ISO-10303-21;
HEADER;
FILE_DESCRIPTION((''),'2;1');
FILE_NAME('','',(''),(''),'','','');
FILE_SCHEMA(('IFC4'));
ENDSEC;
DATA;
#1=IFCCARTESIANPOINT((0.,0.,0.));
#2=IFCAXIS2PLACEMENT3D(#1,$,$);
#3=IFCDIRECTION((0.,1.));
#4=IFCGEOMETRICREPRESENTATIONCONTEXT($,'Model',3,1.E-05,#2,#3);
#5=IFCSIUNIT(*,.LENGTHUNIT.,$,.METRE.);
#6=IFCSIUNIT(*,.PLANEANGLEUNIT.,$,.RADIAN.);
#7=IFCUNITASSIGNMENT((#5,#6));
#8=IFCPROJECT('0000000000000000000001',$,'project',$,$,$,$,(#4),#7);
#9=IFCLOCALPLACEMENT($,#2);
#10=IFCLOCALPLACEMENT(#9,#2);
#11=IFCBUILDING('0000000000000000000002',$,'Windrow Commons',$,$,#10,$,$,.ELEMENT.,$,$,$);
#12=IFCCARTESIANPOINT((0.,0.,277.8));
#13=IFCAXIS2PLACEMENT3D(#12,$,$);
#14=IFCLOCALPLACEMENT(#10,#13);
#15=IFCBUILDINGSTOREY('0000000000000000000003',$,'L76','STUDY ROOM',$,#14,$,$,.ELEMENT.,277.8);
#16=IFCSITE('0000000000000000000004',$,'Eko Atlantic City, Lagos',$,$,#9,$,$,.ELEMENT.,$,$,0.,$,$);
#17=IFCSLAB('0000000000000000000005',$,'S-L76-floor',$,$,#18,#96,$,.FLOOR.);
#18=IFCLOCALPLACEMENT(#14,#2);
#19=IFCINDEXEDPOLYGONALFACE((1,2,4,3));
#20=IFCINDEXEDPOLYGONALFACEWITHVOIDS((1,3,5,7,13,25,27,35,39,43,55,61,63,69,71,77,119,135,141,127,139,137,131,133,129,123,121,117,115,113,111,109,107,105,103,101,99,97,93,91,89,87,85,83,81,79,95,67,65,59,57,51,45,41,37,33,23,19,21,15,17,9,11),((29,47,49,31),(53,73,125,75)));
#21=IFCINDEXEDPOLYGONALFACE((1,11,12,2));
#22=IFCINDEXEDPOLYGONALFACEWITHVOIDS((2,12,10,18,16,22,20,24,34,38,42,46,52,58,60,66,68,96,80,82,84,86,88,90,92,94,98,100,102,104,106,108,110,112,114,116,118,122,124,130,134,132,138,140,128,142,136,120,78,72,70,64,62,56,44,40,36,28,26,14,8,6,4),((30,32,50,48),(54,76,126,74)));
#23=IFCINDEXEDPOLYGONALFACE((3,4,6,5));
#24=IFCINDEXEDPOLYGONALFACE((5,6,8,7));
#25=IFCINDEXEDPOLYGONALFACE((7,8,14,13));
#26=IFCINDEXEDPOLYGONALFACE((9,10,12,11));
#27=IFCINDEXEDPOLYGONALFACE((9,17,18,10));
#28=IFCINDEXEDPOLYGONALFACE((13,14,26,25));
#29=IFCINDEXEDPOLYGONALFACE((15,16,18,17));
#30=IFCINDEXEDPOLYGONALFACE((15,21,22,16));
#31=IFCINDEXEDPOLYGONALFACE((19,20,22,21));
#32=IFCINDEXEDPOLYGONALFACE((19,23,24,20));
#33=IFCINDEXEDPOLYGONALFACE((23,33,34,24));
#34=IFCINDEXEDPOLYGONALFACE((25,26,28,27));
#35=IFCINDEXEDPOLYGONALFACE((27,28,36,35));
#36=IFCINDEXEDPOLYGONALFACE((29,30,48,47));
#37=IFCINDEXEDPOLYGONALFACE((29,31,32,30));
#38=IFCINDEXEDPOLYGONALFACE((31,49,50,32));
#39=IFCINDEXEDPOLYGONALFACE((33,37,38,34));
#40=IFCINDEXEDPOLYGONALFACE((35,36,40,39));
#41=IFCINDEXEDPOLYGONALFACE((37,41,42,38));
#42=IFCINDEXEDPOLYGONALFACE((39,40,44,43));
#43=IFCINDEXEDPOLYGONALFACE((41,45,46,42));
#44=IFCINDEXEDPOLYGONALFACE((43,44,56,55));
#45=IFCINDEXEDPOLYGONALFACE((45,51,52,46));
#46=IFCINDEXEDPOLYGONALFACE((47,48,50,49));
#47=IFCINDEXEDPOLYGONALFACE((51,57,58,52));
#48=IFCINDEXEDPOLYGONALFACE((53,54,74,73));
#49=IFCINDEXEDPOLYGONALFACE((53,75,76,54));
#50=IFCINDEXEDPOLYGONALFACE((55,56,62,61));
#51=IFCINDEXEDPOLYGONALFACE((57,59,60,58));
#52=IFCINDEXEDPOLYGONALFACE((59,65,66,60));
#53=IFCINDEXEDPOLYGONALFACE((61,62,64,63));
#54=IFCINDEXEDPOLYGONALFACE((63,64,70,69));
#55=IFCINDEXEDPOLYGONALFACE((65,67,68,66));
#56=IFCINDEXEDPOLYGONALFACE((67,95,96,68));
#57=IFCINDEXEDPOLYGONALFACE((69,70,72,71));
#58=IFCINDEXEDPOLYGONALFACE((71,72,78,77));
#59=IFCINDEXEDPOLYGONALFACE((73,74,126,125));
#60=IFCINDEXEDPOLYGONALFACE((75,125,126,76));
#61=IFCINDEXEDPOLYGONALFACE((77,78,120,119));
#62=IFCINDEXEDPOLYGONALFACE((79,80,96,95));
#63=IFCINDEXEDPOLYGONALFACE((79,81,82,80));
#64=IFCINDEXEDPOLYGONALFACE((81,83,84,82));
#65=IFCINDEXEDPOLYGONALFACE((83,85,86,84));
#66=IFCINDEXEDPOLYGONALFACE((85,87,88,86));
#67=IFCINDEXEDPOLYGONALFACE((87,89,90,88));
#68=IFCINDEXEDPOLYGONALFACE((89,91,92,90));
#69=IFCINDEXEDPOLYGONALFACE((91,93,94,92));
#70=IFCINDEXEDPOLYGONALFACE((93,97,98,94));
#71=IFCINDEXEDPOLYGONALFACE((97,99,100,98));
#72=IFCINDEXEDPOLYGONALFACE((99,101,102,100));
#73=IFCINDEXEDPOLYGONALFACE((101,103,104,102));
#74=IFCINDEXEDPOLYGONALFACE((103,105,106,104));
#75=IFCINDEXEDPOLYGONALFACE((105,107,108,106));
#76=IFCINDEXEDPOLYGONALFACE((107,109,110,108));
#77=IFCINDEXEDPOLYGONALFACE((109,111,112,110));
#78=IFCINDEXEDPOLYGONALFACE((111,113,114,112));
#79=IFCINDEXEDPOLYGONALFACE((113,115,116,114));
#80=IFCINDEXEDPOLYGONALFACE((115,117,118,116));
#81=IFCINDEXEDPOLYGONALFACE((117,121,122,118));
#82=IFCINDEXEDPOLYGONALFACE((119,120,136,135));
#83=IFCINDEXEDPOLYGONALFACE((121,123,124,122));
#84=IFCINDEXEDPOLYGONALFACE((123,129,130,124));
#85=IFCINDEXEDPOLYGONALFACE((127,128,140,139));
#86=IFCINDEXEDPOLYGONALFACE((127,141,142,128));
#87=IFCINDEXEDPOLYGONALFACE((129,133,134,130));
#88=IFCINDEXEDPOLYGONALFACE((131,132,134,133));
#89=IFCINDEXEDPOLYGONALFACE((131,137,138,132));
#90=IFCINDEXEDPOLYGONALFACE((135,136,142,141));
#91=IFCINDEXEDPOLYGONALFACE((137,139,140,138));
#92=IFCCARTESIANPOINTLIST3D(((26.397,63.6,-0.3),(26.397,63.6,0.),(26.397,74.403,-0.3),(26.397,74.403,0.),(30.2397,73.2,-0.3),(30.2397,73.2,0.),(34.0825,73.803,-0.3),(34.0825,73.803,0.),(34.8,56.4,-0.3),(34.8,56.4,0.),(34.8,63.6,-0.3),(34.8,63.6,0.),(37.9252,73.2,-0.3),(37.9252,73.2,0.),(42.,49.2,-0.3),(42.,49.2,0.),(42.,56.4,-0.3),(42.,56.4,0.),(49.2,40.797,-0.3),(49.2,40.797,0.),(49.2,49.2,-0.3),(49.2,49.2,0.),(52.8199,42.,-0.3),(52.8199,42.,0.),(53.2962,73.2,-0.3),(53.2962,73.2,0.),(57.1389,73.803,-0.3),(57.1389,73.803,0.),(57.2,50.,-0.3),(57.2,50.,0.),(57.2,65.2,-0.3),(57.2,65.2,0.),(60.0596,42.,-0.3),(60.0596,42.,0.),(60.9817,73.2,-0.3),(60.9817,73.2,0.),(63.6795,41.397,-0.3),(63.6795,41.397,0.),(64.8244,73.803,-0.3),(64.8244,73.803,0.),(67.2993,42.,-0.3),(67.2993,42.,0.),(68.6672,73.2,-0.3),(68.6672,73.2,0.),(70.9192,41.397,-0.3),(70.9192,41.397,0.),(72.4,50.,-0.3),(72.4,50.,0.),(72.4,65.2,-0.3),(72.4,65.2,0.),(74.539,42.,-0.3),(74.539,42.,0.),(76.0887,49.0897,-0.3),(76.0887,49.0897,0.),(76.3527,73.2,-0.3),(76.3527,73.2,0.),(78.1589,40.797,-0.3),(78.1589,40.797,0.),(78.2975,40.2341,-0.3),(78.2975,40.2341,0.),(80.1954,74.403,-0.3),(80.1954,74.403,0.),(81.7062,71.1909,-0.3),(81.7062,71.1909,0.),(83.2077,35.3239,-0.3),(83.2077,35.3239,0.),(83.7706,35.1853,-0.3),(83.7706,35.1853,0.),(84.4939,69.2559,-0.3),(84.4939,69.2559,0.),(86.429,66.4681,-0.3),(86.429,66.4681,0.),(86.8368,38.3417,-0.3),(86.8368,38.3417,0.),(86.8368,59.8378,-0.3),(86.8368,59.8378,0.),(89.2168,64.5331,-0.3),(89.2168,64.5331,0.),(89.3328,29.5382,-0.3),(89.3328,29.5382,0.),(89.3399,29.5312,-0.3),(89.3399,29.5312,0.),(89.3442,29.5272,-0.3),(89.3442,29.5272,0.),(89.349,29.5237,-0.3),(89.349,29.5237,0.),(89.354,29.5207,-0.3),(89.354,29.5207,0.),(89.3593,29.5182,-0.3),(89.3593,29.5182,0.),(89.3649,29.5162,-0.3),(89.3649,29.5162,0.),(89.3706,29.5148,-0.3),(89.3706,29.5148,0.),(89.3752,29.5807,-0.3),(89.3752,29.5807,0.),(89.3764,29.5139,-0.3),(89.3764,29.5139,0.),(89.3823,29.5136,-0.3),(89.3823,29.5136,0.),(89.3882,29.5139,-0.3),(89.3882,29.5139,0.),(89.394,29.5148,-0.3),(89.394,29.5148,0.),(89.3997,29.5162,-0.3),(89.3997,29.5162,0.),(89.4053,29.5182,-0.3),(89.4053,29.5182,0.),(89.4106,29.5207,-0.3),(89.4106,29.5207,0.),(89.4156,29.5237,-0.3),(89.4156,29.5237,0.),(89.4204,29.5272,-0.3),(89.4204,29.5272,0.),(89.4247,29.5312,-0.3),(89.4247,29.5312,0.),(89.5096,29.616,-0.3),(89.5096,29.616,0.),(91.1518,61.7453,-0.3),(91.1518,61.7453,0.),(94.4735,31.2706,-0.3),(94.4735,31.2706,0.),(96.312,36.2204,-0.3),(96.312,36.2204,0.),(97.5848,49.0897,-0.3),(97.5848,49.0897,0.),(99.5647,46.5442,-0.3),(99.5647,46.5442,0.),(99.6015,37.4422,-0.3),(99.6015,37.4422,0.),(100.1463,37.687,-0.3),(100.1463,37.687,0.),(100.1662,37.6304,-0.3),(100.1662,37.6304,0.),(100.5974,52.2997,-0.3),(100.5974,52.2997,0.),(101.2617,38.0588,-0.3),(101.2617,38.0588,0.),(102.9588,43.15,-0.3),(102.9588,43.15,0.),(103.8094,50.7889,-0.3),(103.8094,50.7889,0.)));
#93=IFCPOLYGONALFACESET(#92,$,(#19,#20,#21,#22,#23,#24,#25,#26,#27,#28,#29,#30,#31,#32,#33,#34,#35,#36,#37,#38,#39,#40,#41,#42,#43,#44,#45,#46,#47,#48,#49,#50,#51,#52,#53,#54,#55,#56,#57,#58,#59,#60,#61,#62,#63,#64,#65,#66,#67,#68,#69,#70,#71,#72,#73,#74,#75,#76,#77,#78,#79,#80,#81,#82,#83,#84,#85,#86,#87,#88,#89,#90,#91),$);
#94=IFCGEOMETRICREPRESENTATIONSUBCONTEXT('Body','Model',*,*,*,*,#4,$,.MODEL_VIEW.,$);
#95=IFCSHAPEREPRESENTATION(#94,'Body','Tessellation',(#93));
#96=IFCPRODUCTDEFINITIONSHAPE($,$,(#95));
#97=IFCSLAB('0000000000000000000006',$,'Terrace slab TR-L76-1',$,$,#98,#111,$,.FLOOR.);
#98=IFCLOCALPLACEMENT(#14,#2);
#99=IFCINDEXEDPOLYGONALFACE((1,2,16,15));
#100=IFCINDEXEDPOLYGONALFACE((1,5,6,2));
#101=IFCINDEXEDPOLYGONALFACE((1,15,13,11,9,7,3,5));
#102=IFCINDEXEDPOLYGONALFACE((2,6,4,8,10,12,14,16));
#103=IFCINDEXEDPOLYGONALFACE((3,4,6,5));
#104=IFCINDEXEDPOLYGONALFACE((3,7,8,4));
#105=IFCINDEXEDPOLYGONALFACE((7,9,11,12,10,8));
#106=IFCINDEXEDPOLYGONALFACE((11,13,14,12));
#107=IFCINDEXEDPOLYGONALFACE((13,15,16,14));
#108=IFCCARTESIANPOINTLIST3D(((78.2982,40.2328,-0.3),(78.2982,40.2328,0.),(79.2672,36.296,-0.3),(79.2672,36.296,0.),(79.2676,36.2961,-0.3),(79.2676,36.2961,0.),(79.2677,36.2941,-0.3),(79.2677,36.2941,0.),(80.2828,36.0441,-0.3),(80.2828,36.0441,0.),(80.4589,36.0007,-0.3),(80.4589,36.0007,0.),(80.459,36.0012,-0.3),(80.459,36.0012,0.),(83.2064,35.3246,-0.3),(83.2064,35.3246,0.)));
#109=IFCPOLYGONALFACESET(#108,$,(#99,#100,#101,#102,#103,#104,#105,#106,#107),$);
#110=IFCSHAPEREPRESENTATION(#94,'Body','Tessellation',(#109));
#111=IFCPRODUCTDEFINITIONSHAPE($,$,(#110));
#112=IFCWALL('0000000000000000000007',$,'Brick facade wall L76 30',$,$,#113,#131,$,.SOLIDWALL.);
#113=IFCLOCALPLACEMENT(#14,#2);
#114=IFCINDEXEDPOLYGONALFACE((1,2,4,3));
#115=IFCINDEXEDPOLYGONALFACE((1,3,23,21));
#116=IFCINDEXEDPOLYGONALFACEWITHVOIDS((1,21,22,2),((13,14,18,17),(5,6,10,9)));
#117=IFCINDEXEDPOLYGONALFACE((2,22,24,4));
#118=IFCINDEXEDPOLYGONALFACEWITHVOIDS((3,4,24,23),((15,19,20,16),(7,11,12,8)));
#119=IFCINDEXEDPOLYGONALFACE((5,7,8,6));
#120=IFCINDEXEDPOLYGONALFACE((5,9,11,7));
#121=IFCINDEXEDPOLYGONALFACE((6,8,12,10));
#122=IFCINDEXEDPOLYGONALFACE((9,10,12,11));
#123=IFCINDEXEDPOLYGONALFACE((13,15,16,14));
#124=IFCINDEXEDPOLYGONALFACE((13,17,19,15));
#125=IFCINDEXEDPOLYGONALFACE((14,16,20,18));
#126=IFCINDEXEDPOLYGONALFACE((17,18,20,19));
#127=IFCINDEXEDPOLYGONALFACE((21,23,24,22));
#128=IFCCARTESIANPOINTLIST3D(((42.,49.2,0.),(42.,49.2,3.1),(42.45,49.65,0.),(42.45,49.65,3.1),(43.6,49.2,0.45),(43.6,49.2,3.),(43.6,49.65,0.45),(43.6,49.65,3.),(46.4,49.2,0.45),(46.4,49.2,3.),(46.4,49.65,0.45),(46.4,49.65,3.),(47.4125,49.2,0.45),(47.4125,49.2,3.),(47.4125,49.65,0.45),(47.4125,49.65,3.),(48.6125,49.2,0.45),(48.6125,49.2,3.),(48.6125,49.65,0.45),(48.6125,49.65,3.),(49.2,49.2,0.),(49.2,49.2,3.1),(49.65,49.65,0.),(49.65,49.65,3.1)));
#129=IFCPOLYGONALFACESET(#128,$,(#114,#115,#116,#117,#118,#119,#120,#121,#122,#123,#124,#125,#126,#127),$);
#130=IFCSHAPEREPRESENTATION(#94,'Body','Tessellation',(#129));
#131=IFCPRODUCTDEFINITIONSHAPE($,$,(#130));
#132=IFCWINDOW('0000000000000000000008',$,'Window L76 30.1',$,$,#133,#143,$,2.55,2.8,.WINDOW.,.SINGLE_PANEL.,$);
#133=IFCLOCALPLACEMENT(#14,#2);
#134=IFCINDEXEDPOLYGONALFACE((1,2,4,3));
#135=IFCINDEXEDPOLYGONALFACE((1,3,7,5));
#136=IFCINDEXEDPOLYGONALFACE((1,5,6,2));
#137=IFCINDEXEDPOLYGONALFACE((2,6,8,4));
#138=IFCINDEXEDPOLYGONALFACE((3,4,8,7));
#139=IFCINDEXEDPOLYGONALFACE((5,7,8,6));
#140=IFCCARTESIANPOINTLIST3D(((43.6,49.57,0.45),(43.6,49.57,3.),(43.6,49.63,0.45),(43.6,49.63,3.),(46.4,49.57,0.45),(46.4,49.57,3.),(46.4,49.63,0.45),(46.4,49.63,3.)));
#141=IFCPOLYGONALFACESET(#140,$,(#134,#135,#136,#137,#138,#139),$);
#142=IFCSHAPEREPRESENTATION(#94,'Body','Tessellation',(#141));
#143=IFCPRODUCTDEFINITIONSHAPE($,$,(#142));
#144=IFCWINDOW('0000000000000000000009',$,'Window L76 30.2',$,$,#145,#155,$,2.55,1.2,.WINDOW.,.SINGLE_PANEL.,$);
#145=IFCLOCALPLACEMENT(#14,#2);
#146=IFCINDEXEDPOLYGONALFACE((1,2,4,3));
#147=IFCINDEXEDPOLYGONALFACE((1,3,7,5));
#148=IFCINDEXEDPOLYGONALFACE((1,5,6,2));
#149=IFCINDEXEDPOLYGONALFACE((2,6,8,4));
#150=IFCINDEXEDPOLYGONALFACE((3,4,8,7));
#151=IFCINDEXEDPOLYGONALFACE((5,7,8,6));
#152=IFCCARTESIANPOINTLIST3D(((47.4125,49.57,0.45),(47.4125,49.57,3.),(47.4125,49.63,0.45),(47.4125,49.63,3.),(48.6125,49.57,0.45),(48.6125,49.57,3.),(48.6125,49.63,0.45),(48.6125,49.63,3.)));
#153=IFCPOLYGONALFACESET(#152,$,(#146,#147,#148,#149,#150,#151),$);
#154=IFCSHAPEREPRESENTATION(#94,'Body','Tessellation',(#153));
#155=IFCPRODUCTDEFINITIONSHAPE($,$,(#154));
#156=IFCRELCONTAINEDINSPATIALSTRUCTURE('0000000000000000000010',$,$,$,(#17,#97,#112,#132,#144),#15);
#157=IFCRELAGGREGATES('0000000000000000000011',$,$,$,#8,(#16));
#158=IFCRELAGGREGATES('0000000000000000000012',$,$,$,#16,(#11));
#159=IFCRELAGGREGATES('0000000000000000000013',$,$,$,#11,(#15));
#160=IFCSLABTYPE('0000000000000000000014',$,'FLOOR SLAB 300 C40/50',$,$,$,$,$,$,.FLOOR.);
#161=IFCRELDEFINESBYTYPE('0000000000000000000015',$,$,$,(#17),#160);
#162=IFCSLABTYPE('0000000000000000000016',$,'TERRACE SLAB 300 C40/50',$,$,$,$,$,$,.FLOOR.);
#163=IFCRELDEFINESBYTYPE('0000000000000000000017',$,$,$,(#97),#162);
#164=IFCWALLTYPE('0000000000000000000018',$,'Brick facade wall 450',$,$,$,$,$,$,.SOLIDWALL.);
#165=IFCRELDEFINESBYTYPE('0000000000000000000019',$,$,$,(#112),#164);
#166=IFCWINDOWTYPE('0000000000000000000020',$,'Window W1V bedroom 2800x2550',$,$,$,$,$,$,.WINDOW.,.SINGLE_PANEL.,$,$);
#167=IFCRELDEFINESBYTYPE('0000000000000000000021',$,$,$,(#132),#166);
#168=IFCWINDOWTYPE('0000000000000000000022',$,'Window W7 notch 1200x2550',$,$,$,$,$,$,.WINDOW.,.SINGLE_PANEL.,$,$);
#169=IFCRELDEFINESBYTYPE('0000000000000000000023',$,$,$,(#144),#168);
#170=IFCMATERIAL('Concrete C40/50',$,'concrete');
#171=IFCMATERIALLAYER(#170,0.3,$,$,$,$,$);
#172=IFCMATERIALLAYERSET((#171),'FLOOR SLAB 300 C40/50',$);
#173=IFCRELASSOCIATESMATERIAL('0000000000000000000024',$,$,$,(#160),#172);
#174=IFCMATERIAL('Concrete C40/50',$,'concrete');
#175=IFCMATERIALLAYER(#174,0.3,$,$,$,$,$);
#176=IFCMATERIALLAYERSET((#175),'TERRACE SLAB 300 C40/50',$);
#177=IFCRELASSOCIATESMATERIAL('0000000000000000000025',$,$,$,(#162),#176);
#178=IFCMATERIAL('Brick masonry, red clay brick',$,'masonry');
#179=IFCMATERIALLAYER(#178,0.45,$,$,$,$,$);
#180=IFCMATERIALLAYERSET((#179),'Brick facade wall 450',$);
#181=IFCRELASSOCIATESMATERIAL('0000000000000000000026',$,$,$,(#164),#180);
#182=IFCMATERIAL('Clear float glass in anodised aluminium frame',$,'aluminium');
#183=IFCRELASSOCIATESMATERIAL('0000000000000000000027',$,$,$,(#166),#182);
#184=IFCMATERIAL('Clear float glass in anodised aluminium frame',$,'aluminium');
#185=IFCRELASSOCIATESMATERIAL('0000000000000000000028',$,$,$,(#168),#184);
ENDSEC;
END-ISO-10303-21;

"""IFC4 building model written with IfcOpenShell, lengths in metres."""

from ifc_helpers import new_model, si_unit, direction, frame, frame_2d, origin, place, context, subcontext, project, spatial, polyline, rectangle, outline, extrude, material, layer, layer_set, type_object, element, fill, save


model = new_model("IFC4")

# Units and contexts
model_context = context("Model", 3, precision=1e-05, world=origin(), true_north=direction((0.0, 1.0)))
body_context = subcontext(model_context, "Body", "Model", "MODEL_VIEW")
ifc_project = project(units=[si_unit("LENGTHUNIT", "METRE"), si_unit("PLANEANGLEUNIT", "RADIAN")], contexts=[model_context])

# Site, building, storey
site_placement = place(None, origin())
site = spatial("IfcSite", under=ifc_project, at=site_placement, Name="Eko Atlantic City, Lagos", CompositionType="ELEMENT", RefElevation=0.0)
building_placement = place(site_placement, origin())
building = spatial("IfcBuilding", under=site, at=building_placement, Name="Windrow Commons", CompositionType="ELEMENT")
storey_placement = place(building_placement, frame((0.0, 0.0, 277.8)))
storey = spatial("IfcBuildingStorey", under=building, at=storey_placement, Name="L76", Description="STUDY ROOM", CompositionType="ELEMENT", Elevation=277.8)

# Shared definitions
placement_1 = place(storey_placement, frame((0.0, 0.0, -0.3)))

# Slab, openings
ifc_material_1 = material(Name="Concrete C40/50", Category="concrete")
ifc_layer_1 = layer(ifc_material_1, 0.3)
ifc_layer_set_1 = layer_set([ifc_layer_1], Name="FLOOR SLAB 300 C40/50")
slab_type_1 = type_object("IfcSlabType", Name="FLOOR SLAB 300 C40/50", PredefinedType="FLOOR", material=ifc_layer_set_1)
slab_1 = element("IfcSlab", 1, at=placement_1, inside=storey, type_object=slab_type_1, Name="S-L76-floor", PredefinedType="FLOOR", context=body_context, shape_type="SweptSolid", body=[
    extrude(outline(polyline([(94.4735, 31.2706), (96.312, 36.2204), (99.6015, 37.4422), (100.1662, 37.6304), (100.1463, 37.687), (101.2617, 38.0588), (102.9588, 43.15), (99.5647, 46.5442), (103.8094, 50.7889), (100.5974, 52.2997), (95.8746, 57.0225), (91.1518, 61.7453), (89.2168, 64.5331), (86.429, 66.4681), (84.4939, 69.2559), (81.7062, 71.1909), (80.1954, 74.403), (76.3527, 73.2), (68.6672, 73.2), (64.8244, 73.803), (60.9817, 73.2), (57.1389, 73.803), (53.2962, 73.2), (37.9252, 73.2), (34.0825, 73.803), (30.2397, 73.2), (26.397, 74.403), (26.397, 63.6), (34.8, 63.6), (34.8, 56.4), (42.0, 56.4), (42.0, 49.2), (49.2, 49.2), (49.2, 40.797), (52.8199, 42.0), (60.0596, 42.0), (63.6795, 41.397), (67.2993, 42.0), (70.9192, 41.397), (74.539, 42.0), (78.1589, 40.797), (78.2975, 40.2341), (83.2077, 35.3239), (83.7706, 35.1853), (89.3752, 29.5807), (89.3328, 29.5382), (89.3399, 29.5312), (89.3442, 29.5272), (89.349, 29.5237), (89.354, 29.5207), (89.3593, 29.5182), (89.3649, 29.5162), (89.3706, 29.5148), (89.3764, 29.5139), (89.3823, 29.5136), (89.3882, 29.5139), (89.394, 29.5148), (89.3997, 29.5162), (89.4053, 29.5182), (89.4106, 29.5207), (89.4156, 29.5237), (89.4204, 29.5272), (89.4247, 29.5312), (89.5096, 29.616), (94.4735, 31.2706)]), holes=[polyline([(76.0887, 49.0897), (86.8368, 59.8378), (97.5848, 49.0897), (86.8368, 38.3417), (76.0887, 49.0897)]), polyline([(57.2, 50.0), (57.2, 65.2), (72.4, 65.2), (72.4, 50.0), (57.2, 50.0)])]), origin(), (0.0, 0.0, 1.0), 0.3),
])
opening_1_placement = place(placement_1, origin())
element("IfcOpeningElement", 2, at=opening_1_placement, cuts=slab_1, PredefinedType="OPENING", context=body_context, shape_type="SweptSolid", body=[
    extrude(outline(polyline([(76.0958, 49.0897), (86.8368, 59.8307), (97.5777, 49.0897), (86.8368, 38.3488), (76.0958, 49.0897)])), origin(), (0.0, 0.0, 1.0), 0.3),
])
opening_2_placement = place(placement_1, origin())
element("IfcOpeningElement", 3, at=opening_2_placement, cuts=slab_1, PredefinedType="OPENING", context=body_context, shape_type="SweptSolid", body=[
    extrude(outline(polyline([(57.205, 50.005), (57.205, 65.195), (72.395, 65.195), (72.395, 50.005), (57.205, 50.005)])), origin(), (0.0, 0.0, 1.0), 0.3),
])

# Slab
ifc_material_2 = material(Name="Concrete C40/50", Category="concrete")
ifc_layer_2 = layer(ifc_material_2, 0.3)
ifc_layer_set_2 = layer_set([ifc_layer_2], Name="TERRACE SLAB 300 C40/50")
slab_type_2 = type_object("IfcSlabType", Name="TERRACE SLAB 300 C40/50", PredefinedType="FLOOR", material=ifc_layer_set_2)
element("IfcSlab", 4, at=placement_1, inside=storey, type_object=slab_type_2, Name="Terrace slab TR-L76-1", PredefinedType="FLOOR", context=body_context, shape_type="SweptSolid", body=[
    extrude(outline(polyline([(80.2828, 36.0441), (80.4589, 36.0007), (80.459, 36.0012), (83.2064, 35.3246), (78.2982, 40.2328), (79.2676, 36.2961), (79.2672, 36.296), (79.2677, 36.2941), (80.2828, 36.0441)])), origin(), (0.0, 0.0, 1.0), 0.3),
])

# Wall, openings, windows
ifc_material_3 = material(Name="Brick masonry, red clay brick", Category="masonry")
ifc_layer_3 = layer(ifc_material_3, 0.45)
ifc_layer_set_3 = layer_set([ifc_layer_3], Name="Brick facade wall 450")
wall_type = type_object("IfcWallType", Name="Brick facade wall 450", PredefinedType="SOLIDWALL", material=ifc_layer_set_3)
wall_placement = place(storey_placement, frame((42.225, 49.425, 0.0), z_axis=(0.0, 0.0, 1.0), x_axis=(1.0, 0.0, 0.0)))
wall = element("IfcWall", 5, at=wall_placement, inside=storey, type_object=wall_type, Name="Brick facade wall L76 30", PredefinedType="SOLIDWALL", context=body_context, shape_type="SweptSolid", body=[
    extrude(outline(polyline([(-0.225, -0.225), (6.975, -0.225), (7.425, 0.225), (0.225, 0.225), (-0.225, -0.225)])), origin(), (0.0, 0.0, 1.0), 3.1),
])
opening_3_placement = place(wall_placement, frame((1.375, 0.0, 0.45)))
opening_3 = element("IfcOpeningElement", 6, at=opening_3_placement, cuts=wall, PredefinedType="OPENING", context=body_context, shape_type="SweptSolid", body=[
    extrude(rectangle(XDim=2.8, YDim=2.55, at=frame_2d((1.4, 1.275))), frame((0.0, 0.235, 0.0), z_axis=(0.0, -1.0, 0.0), x_axis=(1.0, 0.0, 0.0)), (0.0, 0.0, 1.0), 0.47),
])
opening_4_placement = place(wall_placement, frame((5.1875, 0.0, 0.45)))
opening_4 = element("IfcOpeningElement", 7, at=opening_4_placement, cuts=wall, PredefinedType="OPENING", context=body_context, shape_type="SweptSolid", body=[
    extrude(rectangle(XDim=1.2, YDim=2.55, at=frame_2d((0.6, 1.275))), frame((0.0, 0.235, 0.0), z_axis=(0.0, -1.0, 0.0), x_axis=(1.0, 0.0, 0.0)), (0.0, 0.0, 1.0), 0.47),
])
ifc_material_4 = material(Name="Clear float glass in anodised aluminium frame", Category="aluminium")
window_type_1 = type_object("IfcWindowType", Name="Window W1V bedroom 2800x2550", PartitioningType="SINGLE_PANEL", PredefinedType="WINDOW", material=ifc_material_4)
window_1_placement = place(opening_3_placement, origin())
window_1 = element("IfcWindow", 8, at=window_1_placement, inside=storey, type_object=window_type_1, Name="Window L76 30.1", OverallHeight=2.55, OverallWidth=2.8, PartitioningType="SINGLE_PANEL", PredefinedType="WINDOW", context=body_context, shape_type="SweptSolid", body=[
    extrude(rectangle(XDim=2.8, YDim=2.55, at=frame_2d((1.4, 1.275))), frame((0.0, 0.205, 0.0), z_axis=(0.0, -1.0, 0.0), x_axis=(1.0, 0.0, 0.0)), (0.0, 0.0, 1.0), 0.06),
])
fill(opening_3, window_1)
ifc_material_5 = material(Name="Clear float glass in anodised aluminium frame", Category="aluminium")
window_type_2 = type_object("IfcWindowType", Name="Window W7 notch 1200x2550", PartitioningType="SINGLE_PANEL", PredefinedType="WINDOW", material=ifc_material_5)
window_2_placement = place(opening_4_placement, origin())
window_2 = element("IfcWindow", 9, at=window_2_placement, inside=storey, type_object=window_type_2, Name="Window L76 30.2", OverallHeight=2.55, OverallWidth=1.2, PartitioningType="SINGLE_PANEL", PredefinedType="WINDOW", context=body_context, shape_type="SweptSolid", body=[
    extrude(rectangle(XDim=1.2, YDim=2.55, at=frame_2d((0.6, 1.275))), frame((0.0, 0.205, 0.0), z_axis=(0.0, -1.0, 0.0), x_axis=(1.0, 0.0, 0.0)), (0.0, 0.0, 1.0), 0.06),
])
fill(opening_4, window_2)

save(model, "model.ifc")
